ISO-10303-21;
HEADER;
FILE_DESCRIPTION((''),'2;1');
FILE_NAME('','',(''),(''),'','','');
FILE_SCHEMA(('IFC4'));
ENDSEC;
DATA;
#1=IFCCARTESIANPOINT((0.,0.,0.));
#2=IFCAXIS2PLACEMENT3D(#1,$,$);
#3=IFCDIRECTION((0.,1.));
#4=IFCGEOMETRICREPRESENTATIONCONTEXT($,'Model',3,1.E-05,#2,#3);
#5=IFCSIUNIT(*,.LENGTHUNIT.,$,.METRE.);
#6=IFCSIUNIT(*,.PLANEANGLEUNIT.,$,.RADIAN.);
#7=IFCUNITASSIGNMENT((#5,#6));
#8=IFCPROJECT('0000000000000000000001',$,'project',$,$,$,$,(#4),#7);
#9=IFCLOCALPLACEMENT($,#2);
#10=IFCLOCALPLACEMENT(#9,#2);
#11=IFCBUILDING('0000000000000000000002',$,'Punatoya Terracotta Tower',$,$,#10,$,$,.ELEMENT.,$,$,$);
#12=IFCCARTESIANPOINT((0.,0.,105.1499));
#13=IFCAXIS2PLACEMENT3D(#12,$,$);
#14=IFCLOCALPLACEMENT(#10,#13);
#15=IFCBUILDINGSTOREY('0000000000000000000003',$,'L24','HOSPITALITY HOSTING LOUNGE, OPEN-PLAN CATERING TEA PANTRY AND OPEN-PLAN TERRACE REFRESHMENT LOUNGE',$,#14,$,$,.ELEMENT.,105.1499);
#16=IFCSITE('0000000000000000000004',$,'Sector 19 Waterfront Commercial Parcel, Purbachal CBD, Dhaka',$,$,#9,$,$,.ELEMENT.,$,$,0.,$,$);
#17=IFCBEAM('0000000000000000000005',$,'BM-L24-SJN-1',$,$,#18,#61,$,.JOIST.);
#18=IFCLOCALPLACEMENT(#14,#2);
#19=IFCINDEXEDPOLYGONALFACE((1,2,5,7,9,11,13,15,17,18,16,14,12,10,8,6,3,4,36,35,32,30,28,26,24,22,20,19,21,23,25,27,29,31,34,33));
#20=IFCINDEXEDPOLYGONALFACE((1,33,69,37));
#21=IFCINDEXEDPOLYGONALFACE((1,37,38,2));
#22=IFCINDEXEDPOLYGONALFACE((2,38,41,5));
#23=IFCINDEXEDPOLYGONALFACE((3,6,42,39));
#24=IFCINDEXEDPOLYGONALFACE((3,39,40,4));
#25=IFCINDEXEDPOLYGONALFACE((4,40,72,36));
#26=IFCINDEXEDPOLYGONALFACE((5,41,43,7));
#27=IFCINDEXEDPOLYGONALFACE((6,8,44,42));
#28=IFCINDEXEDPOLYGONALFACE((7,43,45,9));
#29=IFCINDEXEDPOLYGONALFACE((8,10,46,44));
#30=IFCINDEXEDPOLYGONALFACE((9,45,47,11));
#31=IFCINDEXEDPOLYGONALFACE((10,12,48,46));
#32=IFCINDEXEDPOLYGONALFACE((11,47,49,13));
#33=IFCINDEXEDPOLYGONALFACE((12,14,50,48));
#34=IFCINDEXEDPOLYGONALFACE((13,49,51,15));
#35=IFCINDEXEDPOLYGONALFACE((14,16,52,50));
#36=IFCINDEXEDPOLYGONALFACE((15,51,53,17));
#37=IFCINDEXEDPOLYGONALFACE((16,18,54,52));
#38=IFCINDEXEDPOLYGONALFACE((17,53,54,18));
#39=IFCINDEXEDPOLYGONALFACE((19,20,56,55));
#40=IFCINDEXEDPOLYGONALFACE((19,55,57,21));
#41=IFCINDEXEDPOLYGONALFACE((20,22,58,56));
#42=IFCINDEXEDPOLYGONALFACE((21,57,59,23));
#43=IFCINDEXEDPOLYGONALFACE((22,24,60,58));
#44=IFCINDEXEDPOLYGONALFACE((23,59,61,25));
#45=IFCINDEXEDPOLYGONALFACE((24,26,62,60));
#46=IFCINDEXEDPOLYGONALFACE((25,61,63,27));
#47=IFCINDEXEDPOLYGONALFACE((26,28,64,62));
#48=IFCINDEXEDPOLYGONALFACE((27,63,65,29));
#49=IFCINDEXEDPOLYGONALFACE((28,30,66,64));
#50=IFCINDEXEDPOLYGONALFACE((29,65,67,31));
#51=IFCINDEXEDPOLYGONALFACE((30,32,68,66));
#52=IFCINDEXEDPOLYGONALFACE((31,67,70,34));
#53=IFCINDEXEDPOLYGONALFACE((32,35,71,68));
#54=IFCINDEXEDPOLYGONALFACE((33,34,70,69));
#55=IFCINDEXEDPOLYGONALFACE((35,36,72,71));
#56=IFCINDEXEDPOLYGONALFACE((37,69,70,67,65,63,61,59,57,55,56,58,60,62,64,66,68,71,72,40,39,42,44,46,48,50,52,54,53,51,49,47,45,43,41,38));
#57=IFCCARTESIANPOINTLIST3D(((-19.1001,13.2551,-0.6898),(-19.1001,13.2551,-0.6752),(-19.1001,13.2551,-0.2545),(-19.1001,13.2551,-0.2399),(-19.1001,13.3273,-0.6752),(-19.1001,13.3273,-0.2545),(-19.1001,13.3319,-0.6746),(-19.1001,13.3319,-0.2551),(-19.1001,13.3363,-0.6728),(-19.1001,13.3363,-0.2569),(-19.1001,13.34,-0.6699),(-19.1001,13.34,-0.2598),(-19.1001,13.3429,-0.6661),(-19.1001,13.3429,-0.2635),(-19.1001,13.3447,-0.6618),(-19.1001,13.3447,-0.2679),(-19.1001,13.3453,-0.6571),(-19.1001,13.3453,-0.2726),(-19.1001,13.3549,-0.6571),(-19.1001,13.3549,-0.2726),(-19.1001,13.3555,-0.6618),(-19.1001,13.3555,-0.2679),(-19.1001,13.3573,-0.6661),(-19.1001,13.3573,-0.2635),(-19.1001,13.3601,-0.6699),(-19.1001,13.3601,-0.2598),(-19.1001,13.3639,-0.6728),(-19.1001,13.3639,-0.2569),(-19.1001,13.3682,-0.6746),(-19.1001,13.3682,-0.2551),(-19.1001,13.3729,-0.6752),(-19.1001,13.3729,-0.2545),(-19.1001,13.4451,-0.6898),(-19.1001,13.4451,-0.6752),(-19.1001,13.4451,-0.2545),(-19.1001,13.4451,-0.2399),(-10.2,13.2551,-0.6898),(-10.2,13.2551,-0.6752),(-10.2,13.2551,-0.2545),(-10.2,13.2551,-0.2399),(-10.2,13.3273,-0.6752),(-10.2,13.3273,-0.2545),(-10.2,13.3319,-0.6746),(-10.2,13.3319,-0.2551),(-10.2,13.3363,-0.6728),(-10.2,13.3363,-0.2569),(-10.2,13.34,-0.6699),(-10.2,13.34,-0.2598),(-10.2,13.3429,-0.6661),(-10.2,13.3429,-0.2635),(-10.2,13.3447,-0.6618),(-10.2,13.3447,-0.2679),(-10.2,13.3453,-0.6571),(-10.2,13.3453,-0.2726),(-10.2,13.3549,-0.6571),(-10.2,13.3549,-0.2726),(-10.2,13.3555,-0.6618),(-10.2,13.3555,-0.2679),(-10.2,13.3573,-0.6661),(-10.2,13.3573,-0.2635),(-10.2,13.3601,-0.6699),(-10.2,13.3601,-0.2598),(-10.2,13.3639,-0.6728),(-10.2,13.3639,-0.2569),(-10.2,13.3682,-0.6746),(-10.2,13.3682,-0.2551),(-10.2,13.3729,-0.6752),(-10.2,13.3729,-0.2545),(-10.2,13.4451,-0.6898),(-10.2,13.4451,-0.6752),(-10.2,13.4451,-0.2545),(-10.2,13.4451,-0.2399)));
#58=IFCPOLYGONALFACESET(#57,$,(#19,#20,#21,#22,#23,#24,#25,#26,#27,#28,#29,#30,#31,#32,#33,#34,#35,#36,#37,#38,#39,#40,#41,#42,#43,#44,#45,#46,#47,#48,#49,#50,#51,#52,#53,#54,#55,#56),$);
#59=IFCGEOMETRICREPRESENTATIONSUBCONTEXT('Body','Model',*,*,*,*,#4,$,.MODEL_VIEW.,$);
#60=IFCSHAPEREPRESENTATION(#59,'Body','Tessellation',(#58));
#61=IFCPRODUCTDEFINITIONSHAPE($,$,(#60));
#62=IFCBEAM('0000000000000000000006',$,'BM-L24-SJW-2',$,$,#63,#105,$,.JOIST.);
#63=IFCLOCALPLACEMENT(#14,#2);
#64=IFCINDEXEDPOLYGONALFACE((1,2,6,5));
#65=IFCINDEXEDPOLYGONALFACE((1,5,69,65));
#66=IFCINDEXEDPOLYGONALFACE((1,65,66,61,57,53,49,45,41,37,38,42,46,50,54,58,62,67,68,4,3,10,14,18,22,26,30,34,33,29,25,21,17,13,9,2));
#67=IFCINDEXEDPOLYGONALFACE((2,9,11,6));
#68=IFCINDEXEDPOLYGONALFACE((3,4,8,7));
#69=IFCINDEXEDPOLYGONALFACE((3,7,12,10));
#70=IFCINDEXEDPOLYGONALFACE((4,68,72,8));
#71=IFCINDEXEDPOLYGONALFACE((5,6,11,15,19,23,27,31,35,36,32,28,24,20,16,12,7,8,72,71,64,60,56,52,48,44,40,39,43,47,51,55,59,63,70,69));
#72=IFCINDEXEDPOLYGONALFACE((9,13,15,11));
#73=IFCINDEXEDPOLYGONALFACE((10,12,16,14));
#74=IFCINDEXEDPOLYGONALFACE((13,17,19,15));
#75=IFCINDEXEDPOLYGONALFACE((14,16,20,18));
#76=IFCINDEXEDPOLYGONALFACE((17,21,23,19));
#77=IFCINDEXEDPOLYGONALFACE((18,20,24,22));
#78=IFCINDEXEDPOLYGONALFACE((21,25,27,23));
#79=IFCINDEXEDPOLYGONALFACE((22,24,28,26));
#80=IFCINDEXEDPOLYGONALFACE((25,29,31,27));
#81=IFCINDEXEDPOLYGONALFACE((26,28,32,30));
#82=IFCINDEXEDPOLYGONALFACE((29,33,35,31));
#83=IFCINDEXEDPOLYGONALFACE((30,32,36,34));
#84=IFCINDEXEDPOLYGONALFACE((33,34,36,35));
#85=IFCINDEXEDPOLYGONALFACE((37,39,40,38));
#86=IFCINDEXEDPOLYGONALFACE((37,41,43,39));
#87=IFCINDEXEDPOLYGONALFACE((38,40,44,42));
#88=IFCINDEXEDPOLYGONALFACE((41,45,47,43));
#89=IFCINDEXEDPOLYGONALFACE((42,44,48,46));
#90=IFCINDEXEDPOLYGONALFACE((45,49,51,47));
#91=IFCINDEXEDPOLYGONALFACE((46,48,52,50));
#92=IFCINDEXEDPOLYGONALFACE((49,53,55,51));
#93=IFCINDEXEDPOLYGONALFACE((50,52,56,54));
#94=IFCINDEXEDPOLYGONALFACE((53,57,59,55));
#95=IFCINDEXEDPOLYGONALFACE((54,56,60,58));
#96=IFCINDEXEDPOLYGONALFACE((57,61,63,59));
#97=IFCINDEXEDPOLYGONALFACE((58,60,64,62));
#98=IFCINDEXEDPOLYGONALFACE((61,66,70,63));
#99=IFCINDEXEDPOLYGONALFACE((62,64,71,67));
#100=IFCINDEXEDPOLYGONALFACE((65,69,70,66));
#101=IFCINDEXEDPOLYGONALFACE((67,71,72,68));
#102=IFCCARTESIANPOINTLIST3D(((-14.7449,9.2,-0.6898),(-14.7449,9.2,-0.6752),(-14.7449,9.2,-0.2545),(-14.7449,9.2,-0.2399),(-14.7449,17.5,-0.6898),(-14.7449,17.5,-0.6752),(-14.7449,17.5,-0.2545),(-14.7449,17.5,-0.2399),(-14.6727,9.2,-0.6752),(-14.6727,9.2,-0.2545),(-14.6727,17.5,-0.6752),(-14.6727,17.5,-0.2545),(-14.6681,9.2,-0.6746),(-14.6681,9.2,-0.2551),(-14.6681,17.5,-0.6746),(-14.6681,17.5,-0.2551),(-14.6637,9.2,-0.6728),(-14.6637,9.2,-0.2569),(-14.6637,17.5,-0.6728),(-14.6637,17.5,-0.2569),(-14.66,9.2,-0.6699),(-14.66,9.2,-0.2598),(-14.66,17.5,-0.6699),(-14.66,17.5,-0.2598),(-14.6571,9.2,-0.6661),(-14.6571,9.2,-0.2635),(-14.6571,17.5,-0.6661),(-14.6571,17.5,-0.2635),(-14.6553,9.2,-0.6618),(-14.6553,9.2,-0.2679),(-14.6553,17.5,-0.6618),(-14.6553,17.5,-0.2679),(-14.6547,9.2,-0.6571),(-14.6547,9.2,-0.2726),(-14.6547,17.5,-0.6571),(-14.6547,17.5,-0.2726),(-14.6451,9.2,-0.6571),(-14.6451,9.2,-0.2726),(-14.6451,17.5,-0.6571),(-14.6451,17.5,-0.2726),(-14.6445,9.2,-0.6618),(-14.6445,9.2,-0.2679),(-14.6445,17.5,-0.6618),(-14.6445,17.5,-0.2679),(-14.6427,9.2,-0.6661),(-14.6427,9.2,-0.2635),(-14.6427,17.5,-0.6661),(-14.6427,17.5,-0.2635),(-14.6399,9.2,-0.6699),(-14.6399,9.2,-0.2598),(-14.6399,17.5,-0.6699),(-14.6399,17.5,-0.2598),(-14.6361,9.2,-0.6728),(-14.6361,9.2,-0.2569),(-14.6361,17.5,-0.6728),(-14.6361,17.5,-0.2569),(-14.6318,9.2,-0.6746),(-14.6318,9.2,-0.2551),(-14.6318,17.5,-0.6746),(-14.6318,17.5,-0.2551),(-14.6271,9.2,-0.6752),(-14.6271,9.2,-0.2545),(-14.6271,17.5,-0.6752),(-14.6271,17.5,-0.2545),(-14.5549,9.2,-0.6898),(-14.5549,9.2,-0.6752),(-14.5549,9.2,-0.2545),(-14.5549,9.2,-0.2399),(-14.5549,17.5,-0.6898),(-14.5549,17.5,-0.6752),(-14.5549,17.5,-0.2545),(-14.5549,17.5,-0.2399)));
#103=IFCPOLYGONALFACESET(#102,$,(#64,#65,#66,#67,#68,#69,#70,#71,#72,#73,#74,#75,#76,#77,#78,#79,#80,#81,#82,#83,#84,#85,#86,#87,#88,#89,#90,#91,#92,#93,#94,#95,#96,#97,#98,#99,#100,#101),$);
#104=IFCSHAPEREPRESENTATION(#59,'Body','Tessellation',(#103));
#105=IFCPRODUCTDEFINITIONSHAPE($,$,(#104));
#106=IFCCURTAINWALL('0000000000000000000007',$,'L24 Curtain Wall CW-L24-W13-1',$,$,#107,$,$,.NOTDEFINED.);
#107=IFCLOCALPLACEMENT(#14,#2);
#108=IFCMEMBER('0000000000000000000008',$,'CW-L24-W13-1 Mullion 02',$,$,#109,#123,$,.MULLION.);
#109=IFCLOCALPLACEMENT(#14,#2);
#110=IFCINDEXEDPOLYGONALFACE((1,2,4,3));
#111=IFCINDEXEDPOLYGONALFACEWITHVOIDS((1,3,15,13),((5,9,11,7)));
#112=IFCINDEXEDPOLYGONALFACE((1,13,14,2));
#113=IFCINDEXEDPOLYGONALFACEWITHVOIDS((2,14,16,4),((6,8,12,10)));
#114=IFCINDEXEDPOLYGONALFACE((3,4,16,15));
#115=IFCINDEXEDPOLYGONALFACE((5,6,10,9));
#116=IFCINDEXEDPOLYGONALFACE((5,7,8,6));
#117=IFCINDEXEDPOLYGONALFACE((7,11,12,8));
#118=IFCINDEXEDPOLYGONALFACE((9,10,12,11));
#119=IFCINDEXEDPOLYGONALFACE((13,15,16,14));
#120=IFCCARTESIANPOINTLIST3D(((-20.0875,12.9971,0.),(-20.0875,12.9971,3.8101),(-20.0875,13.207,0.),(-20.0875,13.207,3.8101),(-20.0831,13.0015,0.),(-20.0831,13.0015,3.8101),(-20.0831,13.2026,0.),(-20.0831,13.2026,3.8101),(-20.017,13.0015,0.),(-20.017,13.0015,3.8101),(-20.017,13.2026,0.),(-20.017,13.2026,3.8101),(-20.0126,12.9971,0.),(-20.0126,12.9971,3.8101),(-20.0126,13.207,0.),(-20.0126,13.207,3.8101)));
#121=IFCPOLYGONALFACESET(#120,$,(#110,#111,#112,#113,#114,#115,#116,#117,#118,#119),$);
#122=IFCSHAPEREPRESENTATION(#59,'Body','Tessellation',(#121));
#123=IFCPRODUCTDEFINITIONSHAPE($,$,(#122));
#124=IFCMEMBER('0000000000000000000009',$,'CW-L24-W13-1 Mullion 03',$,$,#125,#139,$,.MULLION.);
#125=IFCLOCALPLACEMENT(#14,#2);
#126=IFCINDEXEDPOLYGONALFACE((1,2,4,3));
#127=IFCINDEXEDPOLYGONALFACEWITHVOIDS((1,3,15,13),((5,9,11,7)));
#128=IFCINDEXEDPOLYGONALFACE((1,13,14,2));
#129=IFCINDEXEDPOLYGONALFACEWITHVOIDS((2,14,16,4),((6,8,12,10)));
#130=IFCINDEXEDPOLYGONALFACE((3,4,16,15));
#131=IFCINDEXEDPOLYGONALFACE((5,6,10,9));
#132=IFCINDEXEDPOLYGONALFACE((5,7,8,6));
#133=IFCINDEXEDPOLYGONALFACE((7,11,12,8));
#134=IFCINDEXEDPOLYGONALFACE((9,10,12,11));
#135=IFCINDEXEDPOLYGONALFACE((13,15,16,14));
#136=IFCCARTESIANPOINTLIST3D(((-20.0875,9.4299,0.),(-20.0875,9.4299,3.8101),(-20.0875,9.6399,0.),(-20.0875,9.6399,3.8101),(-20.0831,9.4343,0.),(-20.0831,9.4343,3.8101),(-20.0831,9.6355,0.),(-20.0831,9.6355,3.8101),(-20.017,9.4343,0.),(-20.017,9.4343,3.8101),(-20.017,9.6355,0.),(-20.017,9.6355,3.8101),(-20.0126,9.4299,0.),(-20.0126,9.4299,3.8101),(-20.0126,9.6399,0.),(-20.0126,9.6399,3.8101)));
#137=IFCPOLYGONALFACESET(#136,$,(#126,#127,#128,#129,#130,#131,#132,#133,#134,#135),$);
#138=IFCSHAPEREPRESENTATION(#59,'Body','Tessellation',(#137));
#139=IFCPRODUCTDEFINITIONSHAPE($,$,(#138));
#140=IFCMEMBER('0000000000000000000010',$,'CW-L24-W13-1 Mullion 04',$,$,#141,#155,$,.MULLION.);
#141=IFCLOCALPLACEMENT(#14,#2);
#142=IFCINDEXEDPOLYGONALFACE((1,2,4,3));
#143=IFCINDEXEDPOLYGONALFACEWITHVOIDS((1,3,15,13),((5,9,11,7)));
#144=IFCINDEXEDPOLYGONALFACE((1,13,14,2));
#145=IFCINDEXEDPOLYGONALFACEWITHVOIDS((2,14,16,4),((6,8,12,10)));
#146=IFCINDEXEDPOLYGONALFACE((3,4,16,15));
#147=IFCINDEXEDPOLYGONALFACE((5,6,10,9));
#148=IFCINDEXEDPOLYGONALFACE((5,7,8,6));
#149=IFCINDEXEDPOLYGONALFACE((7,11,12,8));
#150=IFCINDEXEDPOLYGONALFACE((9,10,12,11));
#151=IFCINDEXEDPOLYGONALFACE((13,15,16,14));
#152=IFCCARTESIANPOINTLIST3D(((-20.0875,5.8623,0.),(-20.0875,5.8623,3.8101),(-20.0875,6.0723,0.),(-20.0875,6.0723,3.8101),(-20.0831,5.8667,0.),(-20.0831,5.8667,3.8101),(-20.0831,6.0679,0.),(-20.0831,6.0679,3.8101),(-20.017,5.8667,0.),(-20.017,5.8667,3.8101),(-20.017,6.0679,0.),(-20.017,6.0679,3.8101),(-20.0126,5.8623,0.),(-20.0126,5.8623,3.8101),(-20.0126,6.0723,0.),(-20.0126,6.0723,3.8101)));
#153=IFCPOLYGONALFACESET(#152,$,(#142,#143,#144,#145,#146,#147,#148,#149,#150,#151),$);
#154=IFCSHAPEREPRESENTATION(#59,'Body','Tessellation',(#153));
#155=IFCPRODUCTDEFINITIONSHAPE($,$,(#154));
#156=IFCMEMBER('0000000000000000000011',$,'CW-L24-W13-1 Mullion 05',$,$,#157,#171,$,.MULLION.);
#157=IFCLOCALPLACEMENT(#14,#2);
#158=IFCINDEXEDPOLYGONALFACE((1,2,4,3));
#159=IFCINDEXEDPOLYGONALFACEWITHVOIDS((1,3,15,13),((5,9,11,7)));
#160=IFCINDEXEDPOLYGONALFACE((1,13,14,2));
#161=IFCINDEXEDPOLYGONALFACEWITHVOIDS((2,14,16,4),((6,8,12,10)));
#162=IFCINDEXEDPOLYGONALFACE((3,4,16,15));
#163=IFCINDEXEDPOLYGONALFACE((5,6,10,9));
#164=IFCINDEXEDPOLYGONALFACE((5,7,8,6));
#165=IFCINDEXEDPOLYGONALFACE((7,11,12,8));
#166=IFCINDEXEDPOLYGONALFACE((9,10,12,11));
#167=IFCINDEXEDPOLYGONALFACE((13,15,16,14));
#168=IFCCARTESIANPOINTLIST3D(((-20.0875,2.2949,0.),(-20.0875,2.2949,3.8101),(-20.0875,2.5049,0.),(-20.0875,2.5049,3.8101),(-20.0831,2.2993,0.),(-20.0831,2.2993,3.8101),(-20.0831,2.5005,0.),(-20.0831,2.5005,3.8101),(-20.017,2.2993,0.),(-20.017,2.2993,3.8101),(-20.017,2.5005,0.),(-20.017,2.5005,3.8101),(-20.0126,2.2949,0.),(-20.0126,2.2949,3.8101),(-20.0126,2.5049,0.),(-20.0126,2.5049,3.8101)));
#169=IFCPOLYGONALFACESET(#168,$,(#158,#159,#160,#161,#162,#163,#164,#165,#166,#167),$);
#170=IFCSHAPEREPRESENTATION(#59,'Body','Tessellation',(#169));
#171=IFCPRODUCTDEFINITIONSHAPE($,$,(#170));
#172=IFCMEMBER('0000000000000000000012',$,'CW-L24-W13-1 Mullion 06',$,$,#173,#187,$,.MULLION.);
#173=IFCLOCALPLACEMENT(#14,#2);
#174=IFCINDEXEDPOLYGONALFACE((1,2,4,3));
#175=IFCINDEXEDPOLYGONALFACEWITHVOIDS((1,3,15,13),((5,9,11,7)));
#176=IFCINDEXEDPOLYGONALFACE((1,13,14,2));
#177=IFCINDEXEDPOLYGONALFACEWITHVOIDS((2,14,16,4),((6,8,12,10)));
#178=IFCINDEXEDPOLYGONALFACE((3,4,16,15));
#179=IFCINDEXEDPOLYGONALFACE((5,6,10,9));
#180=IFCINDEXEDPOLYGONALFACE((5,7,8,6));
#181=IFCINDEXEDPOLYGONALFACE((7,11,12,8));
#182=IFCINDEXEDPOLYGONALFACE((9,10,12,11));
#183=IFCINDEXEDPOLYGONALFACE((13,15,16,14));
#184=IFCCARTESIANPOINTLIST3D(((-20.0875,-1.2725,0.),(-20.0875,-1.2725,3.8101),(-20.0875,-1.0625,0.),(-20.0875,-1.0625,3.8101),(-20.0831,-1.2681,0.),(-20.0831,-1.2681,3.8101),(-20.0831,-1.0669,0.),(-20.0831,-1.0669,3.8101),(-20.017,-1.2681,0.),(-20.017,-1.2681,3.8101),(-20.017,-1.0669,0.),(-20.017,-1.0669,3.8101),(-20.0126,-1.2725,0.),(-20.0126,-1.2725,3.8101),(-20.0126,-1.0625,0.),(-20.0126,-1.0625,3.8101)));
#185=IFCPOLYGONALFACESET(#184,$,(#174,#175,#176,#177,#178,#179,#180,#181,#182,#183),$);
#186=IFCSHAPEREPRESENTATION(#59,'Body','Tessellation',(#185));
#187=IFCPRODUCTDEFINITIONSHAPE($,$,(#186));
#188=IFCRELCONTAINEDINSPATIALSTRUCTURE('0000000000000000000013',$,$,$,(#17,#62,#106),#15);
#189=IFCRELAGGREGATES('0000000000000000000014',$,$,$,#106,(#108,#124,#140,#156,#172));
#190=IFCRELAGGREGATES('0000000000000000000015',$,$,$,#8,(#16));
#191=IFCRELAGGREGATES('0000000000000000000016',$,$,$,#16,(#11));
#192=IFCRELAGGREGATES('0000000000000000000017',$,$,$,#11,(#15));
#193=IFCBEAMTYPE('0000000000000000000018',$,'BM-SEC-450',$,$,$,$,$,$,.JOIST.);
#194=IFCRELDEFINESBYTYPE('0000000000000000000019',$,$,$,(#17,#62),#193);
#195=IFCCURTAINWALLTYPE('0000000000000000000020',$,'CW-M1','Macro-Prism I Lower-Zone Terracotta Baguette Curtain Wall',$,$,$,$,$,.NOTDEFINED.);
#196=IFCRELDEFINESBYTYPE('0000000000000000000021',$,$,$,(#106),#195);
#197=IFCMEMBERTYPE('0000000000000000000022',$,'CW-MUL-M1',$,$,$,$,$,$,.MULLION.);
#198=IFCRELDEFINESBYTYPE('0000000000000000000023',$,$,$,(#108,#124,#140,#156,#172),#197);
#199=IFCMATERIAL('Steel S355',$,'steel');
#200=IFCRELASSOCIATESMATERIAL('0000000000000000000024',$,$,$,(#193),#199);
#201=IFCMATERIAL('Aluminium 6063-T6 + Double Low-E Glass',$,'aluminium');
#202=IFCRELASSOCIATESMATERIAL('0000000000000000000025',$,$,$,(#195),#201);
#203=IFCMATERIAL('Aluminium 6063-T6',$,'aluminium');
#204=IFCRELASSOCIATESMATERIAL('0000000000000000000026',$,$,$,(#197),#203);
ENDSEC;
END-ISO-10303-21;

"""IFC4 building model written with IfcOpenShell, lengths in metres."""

from ifc_helpers import new_model, si_unit, direction, frame, origin, origin_2d, place, context, subcontext, project, spatial, hollow_rectangle, i_section, extrude, material, material_profile, profile_set, type_object, element, aggregate, save


model = new_model("IFC4")

# Units and contexts
model_context = context("Model", 3, precision=1e-05, world=origin(), true_north=direction((0.0, 1.0)))
body_context = subcontext(model_context, "Body", "Model", "MODEL_VIEW")
ifc_project = project(units=[si_unit("LENGTHUNIT", "METRE"), si_unit("PLANEANGLEUNIT", "RADIAN")], contexts=[model_context])

# Site, building, storey
site_placement = place(None, origin())
site = spatial("IfcSite", under=ifc_project, at=site_placement, Name="Sector 19 Waterfront Commercial Parcel, Purbachal CBD, Dhaka", CompositionType="ELEMENT", RefElevation=0.0)
building_placement = place(site_placement, origin())
building = spatial("IfcBuilding", under=site, at=building_placement, Name="Punatoya Terracotta Tower", CompositionType="ELEMENT")
storey_placement = place(building_placement, frame((0.0, 0.0, 105.1499)))
storey = spatial("IfcBuildingStorey", under=building, at=storey_placement, Name="L24", Description="HOSPITALITY HOSTING LOUNGE, OPEN-PLAN CATERING TEA PANTRY AND OPEN-PLAN TERRACE REFRESHMENT LOUNGE", CompositionType="ELEMENT", Elevation=105.1499)

# Beams
ifc_material_1 = material(Name="Steel S355", Category="steel")
ifc_material_profile_1 = material_profile(ifc_material_1, i_section(OverallWidth=0.1899, OverallDepth=0.45, WebThickness=0.0095, FlangeThickness=0.0146, FilletRadius=0.0181, at=origin_2d()))
ifc_profile_set_1 = profile_set([ifc_material_profile_1], Name="Steel S355")
beam_type_1 = type_object("IfcBeamType", Name="BM-SEC-450", PredefinedType="JOIST", material=ifc_profile_set_1)
beam_1_placement = place(storey_placement, frame((-19.1001, 13.3501, -0.4648), z_axis=(1.0, 0.0, 0.0), x_axis=(0.0, 1.0, 0.0)))
element("IfcBeam", 1, at=beam_1_placement, inside=storey, type_object=beam_type_1, Name="BM-L24-SJN-1", PredefinedType="JOIST", context=body_context, shape_type="SweptSolid", body=[
    extrude(i_section(OverallWidth=0.1899, OverallDepth=0.45, WebThickness=0.0095, FlangeThickness=0.0146, FilletRadius=0.0181, at=origin_2d()), origin(), (0.0, 0.0, 1.0), 8.9001),
])
beam_2_placement = place(storey_placement, frame((-14.6499, 9.2, -0.4648), z_axis=(0.0, 1.0, 0.0), x_axis=(-1.0, 0.0, 0.0)))
element("IfcBeam", 2, at=beam_2_placement, inside=storey, type_object=beam_type_1, Name="BM-L24-SJW-2", PredefinedType="JOIST", context=body_context, shape_type="SweptSolid", body=[
    extrude(i_section(OverallWidth=0.1899, OverallDepth=0.45, WebThickness=0.0095, FlangeThickness=0.0146, FilletRadius=0.0181, at=origin_2d()), origin(), (0.0, 0.0, 1.0), 8.3),
])

# Curtain wall, members
ifc_material_2 = material(Name="Aluminium 6063-T6 + Double Low-E Glass", Category="aluminium")
curtain_wall_type = type_object("IfcCurtainWallType", Name="CW-M1", Description="Macro-Prism I Lower-Zone Terracotta Baguette Curtain Wall", PredefinedType="NOTDEFINED", material=ifc_material_2)
curtain_wall_placement = place(storey_placement, origin())
curtain_wall = element("IfcCurtainWall", 3, at=curtain_wall_placement, inside=storey, type_object=curtain_wall_type, Name="L24 Curtain Wall CW-L24-W13-1", PredefinedType="NOTDEFINED")
ifc_material_3 = material(Name="Aluminium 6063-T6", Category="aluminium")
ifc_material_profile_2 = material_profile(ifc_material_3, hollow_rectangle(XDim=0.075, YDim=0.21, WallThickness=0.0044, at=origin_2d()))
ifc_profile_set_2 = profile_set([ifc_material_profile_2], Name="Aluminium 6063-T6")
member_type = type_object("IfcMemberType", Name="CW-MUL-M1", PredefinedType="MULLION", material=ifc_profile_set_2)
member_1_placement = place(storey_placement, frame((-20.05, 13.1021, 0.0), z_axis=(0.0, 0.0, 1.0), x_axis=(1.0, 0.0, 0.0)))
member_1 = element("IfcMember", 4, at=member_1_placement, type_object=member_type, Name="CW-L24-W13-1 Mullion 02", PredefinedType="MULLION", context=body_context, shape_type="SweptSolid", body=[
    extrude(hollow_rectangle(XDim=0.075, YDim=0.21, WallThickness=0.0044, at=origin_2d()), origin(), (0.0, 0.0, 1.0), 3.8101),
])
member_2_placement = place(storey_placement, frame((-20.05, 9.5349, 0.0), z_axis=(0.0, 0.0, 1.0), x_axis=(1.0, 0.0, 0.0)))
member_2 = element("IfcMember", 5, at=member_2_placement, type_object=member_type, Name="CW-L24-W13-1 Mullion 03", PredefinedType="MULLION", context=body_context, shape_type="SweptSolid", body=[
    extrude(hollow_rectangle(XDim=0.075, YDim=0.21, WallThickness=0.0044, at=origin_2d()), origin(), (0.0, 0.0, 1.0), 3.8101),
])
member_3_placement = place(storey_placement, frame((-20.05, 5.9673, 0.0), z_axis=(0.0, 0.0, 1.0), x_axis=(1.0, 0.0, 0.0)))
member_3 = element("IfcMember", 6, at=member_3_placement, type_object=member_type, Name="CW-L24-W13-1 Mullion 04", PredefinedType="MULLION", context=body_context, shape_type="SweptSolid", body=[
    extrude(hollow_rectangle(XDim=0.075, YDim=0.21, WallThickness=0.0044, at=origin_2d()), origin(), (0.0, 0.0, 1.0), 3.8101),
])
member_4_placement = place(storey_placement, frame((-20.05, 2.3999, 0.0), z_axis=(0.0, 0.0, 1.0), x_axis=(1.0, 0.0, 0.0)))
member_4 = element("IfcMember", 7, at=member_4_placement, type_object=member_type, Name="CW-L24-W13-1 Mullion 05", PredefinedType="MULLION", context=body_context, shape_type="SweptSolid", body=[
    extrude(hollow_rectangle(XDim=0.075, YDim=0.21, WallThickness=0.0044, at=origin_2d()), origin(), (0.0, 0.0, 1.0), 3.8101),
])
member_5_placement = place(storey_placement, frame((-20.05, -1.1675, 0.0), z_axis=(0.0, 0.0, 1.0), x_axis=(1.0, 0.0, 0.0)))
member_5 = element("IfcMember", 8, at=member_5_placement, type_object=member_type, Name="CW-L24-W13-1 Mullion 06", PredefinedType="MULLION", context=body_context, shape_type="SweptSolid", body=[
    extrude(hollow_rectangle(XDim=0.075, YDim=0.21, WallThickness=0.0044, at=origin_2d()), origin(), (0.0, 0.0, 1.0), 3.8101),
])
aggregate(curtain_wall, [member_1, member_2, member_3, member_4, member_5])

save(model, "model.ifc")
